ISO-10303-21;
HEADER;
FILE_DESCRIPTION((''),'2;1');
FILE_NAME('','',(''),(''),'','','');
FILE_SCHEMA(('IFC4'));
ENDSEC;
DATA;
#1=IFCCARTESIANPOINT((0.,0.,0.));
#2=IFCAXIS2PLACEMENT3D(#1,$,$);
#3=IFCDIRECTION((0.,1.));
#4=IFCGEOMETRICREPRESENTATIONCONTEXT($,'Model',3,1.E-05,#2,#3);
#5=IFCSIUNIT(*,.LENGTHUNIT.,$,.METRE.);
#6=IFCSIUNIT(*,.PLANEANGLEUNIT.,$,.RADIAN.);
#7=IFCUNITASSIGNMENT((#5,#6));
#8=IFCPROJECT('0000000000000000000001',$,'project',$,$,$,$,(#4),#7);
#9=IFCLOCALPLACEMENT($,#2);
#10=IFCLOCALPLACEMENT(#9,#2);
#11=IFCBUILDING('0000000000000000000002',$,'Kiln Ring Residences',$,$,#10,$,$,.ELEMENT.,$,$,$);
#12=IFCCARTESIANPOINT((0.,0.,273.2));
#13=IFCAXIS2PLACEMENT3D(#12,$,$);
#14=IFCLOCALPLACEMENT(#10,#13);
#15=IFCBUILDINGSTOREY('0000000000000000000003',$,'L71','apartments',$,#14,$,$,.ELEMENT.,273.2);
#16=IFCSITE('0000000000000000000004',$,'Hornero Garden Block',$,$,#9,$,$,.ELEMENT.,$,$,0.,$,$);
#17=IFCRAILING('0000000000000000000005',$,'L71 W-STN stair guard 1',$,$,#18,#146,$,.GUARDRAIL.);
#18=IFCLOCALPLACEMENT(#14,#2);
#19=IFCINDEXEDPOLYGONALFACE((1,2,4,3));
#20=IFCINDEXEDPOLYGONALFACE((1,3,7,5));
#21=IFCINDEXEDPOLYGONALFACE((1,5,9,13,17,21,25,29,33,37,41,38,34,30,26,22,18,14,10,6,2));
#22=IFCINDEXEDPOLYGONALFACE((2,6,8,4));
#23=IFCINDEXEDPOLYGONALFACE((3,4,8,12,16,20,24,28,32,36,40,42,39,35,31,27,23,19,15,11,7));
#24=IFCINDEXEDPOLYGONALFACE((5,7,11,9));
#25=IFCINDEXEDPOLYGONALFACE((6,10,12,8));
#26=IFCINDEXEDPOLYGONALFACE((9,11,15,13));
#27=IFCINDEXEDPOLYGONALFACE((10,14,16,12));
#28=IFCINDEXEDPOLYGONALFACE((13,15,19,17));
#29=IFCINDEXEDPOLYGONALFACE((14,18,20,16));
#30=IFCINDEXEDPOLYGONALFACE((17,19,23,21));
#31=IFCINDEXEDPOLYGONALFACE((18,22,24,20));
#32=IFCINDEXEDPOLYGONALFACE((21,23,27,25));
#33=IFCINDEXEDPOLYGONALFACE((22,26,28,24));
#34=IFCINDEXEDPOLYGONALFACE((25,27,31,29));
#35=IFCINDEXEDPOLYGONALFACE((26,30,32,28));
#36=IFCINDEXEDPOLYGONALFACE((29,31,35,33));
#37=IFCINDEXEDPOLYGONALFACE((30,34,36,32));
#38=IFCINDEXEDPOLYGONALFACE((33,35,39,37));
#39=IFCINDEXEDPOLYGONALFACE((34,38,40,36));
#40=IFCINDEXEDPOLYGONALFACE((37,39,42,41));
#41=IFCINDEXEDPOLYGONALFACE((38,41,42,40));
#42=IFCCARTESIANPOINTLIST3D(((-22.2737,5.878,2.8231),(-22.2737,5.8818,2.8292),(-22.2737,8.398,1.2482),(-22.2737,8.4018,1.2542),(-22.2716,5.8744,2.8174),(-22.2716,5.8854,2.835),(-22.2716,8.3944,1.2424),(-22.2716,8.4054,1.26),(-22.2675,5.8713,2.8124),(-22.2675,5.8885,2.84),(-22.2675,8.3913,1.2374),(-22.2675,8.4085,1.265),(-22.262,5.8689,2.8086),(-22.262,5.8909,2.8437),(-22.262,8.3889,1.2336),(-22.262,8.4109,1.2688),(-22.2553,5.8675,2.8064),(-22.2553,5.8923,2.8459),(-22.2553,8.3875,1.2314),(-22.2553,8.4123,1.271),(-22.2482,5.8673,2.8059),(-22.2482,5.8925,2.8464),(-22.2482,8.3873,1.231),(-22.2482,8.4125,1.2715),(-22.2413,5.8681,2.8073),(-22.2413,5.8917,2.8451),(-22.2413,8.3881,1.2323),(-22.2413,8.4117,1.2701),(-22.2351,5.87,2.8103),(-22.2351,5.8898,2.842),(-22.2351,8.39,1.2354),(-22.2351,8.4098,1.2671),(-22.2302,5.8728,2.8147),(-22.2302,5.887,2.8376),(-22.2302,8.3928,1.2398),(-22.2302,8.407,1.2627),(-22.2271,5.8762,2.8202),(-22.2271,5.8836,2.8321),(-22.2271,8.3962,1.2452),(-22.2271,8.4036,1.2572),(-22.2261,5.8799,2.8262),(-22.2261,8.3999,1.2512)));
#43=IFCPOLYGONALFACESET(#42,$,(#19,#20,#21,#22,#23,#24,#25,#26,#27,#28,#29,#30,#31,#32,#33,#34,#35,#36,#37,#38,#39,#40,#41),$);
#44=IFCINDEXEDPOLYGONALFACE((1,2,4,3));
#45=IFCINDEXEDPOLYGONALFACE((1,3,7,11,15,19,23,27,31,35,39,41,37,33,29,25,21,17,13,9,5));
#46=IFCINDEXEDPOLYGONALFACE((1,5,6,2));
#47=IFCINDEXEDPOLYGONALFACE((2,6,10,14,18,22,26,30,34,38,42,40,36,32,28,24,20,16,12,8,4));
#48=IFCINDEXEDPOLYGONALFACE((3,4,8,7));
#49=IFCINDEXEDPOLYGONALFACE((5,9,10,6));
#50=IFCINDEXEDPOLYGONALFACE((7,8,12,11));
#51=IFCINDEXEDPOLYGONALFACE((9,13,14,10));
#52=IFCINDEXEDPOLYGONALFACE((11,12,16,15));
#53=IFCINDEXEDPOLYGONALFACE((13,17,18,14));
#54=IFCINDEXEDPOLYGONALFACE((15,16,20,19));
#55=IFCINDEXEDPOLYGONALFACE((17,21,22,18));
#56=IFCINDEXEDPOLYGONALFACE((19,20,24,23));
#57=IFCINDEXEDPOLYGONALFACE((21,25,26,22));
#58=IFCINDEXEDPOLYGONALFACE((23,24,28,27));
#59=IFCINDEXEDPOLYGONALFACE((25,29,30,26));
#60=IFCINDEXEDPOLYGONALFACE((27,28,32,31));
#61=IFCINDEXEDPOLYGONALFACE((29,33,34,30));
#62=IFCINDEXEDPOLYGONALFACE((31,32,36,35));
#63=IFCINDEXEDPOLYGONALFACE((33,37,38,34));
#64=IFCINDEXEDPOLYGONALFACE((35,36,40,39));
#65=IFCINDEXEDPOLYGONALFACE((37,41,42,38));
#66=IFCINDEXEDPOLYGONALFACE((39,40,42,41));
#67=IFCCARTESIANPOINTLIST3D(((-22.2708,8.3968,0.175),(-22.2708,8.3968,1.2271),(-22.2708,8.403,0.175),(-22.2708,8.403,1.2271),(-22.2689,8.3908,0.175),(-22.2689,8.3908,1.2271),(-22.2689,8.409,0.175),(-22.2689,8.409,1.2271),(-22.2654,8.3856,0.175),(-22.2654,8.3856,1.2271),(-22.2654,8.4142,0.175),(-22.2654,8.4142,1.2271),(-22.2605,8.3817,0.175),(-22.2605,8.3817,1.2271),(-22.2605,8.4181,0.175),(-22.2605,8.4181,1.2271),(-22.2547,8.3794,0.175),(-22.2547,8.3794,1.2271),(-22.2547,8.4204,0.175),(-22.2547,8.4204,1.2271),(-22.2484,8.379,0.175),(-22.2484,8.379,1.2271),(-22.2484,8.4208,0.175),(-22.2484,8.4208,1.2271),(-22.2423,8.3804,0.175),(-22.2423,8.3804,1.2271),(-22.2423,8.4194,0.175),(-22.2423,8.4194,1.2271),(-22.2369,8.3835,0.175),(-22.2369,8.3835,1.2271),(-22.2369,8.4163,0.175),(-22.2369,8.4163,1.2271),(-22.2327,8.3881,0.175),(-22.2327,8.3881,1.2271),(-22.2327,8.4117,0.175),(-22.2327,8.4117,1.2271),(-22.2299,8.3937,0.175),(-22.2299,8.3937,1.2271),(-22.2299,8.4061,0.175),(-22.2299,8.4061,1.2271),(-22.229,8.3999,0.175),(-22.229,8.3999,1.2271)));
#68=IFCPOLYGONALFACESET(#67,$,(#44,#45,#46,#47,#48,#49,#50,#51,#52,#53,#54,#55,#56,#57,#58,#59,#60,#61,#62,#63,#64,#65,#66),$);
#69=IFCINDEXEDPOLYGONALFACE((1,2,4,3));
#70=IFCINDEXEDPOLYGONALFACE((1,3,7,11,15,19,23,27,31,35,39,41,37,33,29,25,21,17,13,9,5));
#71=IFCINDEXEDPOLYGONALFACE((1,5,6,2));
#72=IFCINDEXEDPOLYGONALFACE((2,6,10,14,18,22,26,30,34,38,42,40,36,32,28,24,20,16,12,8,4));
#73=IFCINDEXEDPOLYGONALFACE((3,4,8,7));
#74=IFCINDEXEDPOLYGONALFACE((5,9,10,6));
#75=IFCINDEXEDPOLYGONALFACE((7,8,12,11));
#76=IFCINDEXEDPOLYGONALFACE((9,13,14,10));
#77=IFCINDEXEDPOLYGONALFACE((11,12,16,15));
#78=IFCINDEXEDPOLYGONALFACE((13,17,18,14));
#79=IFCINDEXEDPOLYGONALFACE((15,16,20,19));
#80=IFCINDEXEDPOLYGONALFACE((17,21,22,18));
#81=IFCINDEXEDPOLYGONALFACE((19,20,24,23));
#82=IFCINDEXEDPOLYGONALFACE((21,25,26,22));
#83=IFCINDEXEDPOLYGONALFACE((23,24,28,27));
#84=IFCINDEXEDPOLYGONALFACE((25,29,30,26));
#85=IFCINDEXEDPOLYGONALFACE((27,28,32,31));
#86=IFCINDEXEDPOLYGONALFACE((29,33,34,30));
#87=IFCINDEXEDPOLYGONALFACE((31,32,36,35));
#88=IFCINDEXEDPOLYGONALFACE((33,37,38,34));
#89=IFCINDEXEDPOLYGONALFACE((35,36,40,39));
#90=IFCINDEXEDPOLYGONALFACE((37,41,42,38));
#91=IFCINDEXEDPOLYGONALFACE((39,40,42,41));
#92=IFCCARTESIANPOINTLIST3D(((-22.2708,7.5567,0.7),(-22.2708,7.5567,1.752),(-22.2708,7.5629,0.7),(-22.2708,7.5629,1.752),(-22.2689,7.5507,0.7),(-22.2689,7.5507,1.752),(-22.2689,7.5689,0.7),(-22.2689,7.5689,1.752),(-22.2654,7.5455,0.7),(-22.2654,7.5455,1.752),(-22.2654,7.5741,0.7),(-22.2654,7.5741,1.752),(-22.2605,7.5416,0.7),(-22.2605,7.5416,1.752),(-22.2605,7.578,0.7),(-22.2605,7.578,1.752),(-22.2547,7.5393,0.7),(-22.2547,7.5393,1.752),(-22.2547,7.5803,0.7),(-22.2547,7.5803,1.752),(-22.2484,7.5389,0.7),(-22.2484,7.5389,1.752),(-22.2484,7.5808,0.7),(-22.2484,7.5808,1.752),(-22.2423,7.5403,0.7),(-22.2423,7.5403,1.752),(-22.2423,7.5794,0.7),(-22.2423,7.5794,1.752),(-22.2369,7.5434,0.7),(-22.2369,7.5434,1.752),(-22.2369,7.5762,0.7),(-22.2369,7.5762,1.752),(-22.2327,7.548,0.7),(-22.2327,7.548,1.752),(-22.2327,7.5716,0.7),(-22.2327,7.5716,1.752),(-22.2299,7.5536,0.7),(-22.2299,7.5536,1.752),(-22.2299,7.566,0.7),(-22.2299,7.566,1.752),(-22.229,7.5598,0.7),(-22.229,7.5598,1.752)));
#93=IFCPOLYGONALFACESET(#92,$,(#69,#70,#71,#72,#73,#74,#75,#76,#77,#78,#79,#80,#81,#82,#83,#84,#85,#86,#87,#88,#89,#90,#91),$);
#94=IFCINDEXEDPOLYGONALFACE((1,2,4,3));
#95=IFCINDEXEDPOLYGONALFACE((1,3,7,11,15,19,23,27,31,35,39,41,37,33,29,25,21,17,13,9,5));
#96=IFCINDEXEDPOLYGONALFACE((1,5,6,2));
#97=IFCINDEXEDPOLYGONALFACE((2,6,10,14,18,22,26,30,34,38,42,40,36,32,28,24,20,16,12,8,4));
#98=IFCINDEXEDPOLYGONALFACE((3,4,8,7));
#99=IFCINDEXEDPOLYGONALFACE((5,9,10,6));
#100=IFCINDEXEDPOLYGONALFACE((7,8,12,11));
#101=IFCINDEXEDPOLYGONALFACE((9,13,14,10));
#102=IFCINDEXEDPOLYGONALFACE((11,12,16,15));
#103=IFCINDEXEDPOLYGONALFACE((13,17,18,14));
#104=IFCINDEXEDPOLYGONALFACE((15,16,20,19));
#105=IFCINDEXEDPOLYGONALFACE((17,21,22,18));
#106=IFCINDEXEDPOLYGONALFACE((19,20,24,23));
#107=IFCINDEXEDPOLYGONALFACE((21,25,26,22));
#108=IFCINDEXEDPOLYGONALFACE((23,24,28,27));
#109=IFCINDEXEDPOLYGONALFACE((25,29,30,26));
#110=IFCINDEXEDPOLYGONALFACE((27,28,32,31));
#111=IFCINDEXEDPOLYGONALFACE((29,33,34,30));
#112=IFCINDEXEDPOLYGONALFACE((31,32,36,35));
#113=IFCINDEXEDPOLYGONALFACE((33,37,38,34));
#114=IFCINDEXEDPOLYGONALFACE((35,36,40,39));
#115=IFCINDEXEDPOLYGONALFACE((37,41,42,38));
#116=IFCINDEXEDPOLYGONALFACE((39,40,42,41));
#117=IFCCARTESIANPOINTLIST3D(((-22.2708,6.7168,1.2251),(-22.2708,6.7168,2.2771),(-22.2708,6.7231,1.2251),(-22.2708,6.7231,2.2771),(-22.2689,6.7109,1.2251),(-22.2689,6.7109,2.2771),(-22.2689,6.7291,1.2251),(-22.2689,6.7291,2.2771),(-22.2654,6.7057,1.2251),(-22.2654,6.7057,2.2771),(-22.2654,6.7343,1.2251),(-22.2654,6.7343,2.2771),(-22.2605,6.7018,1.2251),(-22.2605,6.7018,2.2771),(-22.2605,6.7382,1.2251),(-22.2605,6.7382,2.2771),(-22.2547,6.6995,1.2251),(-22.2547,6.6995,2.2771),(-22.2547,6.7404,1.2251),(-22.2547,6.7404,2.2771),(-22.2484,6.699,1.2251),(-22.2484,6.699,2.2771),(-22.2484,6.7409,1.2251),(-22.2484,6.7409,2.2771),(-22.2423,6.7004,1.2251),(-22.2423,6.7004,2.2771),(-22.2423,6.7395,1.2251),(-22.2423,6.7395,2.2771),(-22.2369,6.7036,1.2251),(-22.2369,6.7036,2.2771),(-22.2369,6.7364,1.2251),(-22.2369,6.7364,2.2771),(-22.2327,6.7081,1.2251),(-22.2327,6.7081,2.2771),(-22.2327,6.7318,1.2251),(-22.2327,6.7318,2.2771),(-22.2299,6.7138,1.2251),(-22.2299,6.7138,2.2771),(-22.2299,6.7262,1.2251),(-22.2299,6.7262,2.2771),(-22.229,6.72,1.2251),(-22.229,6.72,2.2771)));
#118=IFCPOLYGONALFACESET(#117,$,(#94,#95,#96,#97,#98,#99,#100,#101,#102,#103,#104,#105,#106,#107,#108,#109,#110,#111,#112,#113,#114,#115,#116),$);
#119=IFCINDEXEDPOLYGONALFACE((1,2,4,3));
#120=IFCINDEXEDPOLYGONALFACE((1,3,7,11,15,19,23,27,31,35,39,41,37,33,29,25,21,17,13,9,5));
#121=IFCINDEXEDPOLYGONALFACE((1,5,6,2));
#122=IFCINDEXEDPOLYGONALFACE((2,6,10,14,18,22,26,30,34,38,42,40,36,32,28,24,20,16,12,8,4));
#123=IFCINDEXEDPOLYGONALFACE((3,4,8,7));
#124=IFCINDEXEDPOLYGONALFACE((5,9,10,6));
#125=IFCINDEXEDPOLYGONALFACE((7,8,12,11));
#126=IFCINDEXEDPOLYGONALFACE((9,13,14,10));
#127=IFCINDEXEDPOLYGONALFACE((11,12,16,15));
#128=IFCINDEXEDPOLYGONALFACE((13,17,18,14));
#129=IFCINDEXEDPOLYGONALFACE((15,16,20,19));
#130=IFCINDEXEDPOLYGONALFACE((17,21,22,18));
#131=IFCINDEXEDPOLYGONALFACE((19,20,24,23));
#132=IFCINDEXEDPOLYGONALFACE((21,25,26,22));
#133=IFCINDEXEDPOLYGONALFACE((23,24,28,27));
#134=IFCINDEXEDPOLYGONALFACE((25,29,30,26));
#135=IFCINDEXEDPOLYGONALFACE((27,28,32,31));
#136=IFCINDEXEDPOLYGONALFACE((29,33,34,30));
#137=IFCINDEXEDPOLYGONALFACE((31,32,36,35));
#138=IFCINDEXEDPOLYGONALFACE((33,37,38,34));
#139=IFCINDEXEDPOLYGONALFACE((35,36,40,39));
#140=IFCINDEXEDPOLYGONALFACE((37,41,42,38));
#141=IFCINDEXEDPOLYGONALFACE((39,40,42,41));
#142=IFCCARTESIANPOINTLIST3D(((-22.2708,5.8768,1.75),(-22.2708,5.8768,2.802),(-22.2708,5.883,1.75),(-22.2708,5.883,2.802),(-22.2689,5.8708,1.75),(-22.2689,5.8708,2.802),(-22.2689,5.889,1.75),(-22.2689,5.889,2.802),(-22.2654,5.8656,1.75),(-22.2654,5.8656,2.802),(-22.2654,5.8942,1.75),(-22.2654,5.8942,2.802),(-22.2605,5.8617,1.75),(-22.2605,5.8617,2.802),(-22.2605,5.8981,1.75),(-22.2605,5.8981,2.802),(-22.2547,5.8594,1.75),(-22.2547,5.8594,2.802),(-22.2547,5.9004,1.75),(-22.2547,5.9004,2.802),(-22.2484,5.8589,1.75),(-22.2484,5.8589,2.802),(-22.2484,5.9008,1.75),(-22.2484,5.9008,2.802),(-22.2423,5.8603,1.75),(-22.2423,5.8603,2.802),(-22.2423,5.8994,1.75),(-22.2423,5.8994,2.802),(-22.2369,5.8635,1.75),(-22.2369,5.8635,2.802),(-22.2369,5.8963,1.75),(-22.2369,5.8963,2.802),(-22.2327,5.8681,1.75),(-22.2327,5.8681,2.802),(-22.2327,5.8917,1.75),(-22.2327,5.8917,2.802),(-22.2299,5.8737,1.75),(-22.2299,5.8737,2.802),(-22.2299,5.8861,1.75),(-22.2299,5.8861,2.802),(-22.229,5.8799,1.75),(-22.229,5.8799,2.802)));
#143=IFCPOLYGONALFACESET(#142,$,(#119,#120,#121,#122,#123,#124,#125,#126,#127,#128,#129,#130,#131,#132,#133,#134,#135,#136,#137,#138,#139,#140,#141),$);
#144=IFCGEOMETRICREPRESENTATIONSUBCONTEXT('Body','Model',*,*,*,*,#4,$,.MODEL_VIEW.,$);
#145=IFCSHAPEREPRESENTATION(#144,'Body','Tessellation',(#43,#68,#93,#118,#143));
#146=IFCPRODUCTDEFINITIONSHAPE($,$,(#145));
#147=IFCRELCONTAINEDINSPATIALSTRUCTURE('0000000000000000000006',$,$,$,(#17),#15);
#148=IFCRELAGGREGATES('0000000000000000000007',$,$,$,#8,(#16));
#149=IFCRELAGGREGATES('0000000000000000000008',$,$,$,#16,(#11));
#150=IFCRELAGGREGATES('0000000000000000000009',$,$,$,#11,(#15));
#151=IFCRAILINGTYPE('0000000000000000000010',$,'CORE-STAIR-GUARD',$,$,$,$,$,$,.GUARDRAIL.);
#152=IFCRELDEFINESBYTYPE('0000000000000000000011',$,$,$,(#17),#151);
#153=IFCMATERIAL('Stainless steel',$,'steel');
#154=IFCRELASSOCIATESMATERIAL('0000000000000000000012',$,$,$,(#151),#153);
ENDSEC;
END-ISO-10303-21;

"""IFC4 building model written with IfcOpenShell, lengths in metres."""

from ifc_helpers import new_model, si_unit, direction, frame, origin, origin_2d, place, context, subcontext, project, spatial, circle, extrude, material, type_object, element, save


model = new_model("IFC4")

# Units and contexts
model_context = context("Model", 3, precision=1e-05, world=origin(), true_north=direction((0.0, 1.0)))
body_context = subcontext(model_context, "Body", "Model", "MODEL_VIEW")
ifc_project = project(units=[si_unit("LENGTHUNIT", "METRE"), si_unit("PLANEANGLEUNIT", "RADIAN")], contexts=[model_context])

# Site, building, storey
site_placement = place(None, origin())
site = spatial("IfcSite", under=ifc_project, at=site_placement, Name="Hornero Garden Block", CompositionType="ELEMENT", RefElevation=0.0)
building_placement = place(site_placement, origin())
building = spatial("IfcBuilding", under=site, at=building_placement, Name="Kiln Ring Residences", CompositionType="ELEMENT")
storey_placement = place(building_placement, frame((0.0, 0.0, 273.2)))
storey = spatial("IfcBuildingStorey", under=building, at=storey_placement, Name="L71", Description="apartments", CompositionType="ELEMENT", Elevation=273.2)

# Railing
ifc_material_1 = material(Name="Stainless steel", Category="steel")
railing_type = type_object("IfcRailingType", Name="CORE-STAIR-GUARD", PredefinedType="GUARDRAIL", material=ifc_material_1)
railing_1_placement = place(storey_placement, frame((-22.25, 8.3999, 0.175)))
element("IfcRailing", 1, at=railing_1_placement, inside=storey, type_object=railing_type, Name="L71 W-STN stair guard 1", PredefinedType="GUARDRAIL", context=body_context, shape_type="SweptSolid", body=[
    extrude(circle(Radius=0.0239, at=origin_2d()), frame((0.0, 0.0, 1.0762), z_axis=(0.0, -0.848008, 0.529984), x_axis=(1.0, 0.0, 0.0)), (0.0, 0.0, 1.0), 2.9717),
    extrude(circle(Radius=0.021, at=origin_2d()), origin(), (0.0, 0.0, 1.0), 1.052),
    extrude(circle(Radius=0.021, at=origin_2d()), frame((0.0, -0.8401, 0.5249)), (0.0, 0.0, 1.0), 1.052),
    extrude(circle(Radius=0.021, at=origin_2d()), frame((0.0, -1.6799, 1.05)), (0.0, 0.0, 1.0), 1.052),
    extrude(circle(Radius=0.021, at=origin_2d()), frame((0.0, -2.52, 1.575)), (0.0, 0.0, 1.0), 1.052),
])

save(model, "model.ifc")
